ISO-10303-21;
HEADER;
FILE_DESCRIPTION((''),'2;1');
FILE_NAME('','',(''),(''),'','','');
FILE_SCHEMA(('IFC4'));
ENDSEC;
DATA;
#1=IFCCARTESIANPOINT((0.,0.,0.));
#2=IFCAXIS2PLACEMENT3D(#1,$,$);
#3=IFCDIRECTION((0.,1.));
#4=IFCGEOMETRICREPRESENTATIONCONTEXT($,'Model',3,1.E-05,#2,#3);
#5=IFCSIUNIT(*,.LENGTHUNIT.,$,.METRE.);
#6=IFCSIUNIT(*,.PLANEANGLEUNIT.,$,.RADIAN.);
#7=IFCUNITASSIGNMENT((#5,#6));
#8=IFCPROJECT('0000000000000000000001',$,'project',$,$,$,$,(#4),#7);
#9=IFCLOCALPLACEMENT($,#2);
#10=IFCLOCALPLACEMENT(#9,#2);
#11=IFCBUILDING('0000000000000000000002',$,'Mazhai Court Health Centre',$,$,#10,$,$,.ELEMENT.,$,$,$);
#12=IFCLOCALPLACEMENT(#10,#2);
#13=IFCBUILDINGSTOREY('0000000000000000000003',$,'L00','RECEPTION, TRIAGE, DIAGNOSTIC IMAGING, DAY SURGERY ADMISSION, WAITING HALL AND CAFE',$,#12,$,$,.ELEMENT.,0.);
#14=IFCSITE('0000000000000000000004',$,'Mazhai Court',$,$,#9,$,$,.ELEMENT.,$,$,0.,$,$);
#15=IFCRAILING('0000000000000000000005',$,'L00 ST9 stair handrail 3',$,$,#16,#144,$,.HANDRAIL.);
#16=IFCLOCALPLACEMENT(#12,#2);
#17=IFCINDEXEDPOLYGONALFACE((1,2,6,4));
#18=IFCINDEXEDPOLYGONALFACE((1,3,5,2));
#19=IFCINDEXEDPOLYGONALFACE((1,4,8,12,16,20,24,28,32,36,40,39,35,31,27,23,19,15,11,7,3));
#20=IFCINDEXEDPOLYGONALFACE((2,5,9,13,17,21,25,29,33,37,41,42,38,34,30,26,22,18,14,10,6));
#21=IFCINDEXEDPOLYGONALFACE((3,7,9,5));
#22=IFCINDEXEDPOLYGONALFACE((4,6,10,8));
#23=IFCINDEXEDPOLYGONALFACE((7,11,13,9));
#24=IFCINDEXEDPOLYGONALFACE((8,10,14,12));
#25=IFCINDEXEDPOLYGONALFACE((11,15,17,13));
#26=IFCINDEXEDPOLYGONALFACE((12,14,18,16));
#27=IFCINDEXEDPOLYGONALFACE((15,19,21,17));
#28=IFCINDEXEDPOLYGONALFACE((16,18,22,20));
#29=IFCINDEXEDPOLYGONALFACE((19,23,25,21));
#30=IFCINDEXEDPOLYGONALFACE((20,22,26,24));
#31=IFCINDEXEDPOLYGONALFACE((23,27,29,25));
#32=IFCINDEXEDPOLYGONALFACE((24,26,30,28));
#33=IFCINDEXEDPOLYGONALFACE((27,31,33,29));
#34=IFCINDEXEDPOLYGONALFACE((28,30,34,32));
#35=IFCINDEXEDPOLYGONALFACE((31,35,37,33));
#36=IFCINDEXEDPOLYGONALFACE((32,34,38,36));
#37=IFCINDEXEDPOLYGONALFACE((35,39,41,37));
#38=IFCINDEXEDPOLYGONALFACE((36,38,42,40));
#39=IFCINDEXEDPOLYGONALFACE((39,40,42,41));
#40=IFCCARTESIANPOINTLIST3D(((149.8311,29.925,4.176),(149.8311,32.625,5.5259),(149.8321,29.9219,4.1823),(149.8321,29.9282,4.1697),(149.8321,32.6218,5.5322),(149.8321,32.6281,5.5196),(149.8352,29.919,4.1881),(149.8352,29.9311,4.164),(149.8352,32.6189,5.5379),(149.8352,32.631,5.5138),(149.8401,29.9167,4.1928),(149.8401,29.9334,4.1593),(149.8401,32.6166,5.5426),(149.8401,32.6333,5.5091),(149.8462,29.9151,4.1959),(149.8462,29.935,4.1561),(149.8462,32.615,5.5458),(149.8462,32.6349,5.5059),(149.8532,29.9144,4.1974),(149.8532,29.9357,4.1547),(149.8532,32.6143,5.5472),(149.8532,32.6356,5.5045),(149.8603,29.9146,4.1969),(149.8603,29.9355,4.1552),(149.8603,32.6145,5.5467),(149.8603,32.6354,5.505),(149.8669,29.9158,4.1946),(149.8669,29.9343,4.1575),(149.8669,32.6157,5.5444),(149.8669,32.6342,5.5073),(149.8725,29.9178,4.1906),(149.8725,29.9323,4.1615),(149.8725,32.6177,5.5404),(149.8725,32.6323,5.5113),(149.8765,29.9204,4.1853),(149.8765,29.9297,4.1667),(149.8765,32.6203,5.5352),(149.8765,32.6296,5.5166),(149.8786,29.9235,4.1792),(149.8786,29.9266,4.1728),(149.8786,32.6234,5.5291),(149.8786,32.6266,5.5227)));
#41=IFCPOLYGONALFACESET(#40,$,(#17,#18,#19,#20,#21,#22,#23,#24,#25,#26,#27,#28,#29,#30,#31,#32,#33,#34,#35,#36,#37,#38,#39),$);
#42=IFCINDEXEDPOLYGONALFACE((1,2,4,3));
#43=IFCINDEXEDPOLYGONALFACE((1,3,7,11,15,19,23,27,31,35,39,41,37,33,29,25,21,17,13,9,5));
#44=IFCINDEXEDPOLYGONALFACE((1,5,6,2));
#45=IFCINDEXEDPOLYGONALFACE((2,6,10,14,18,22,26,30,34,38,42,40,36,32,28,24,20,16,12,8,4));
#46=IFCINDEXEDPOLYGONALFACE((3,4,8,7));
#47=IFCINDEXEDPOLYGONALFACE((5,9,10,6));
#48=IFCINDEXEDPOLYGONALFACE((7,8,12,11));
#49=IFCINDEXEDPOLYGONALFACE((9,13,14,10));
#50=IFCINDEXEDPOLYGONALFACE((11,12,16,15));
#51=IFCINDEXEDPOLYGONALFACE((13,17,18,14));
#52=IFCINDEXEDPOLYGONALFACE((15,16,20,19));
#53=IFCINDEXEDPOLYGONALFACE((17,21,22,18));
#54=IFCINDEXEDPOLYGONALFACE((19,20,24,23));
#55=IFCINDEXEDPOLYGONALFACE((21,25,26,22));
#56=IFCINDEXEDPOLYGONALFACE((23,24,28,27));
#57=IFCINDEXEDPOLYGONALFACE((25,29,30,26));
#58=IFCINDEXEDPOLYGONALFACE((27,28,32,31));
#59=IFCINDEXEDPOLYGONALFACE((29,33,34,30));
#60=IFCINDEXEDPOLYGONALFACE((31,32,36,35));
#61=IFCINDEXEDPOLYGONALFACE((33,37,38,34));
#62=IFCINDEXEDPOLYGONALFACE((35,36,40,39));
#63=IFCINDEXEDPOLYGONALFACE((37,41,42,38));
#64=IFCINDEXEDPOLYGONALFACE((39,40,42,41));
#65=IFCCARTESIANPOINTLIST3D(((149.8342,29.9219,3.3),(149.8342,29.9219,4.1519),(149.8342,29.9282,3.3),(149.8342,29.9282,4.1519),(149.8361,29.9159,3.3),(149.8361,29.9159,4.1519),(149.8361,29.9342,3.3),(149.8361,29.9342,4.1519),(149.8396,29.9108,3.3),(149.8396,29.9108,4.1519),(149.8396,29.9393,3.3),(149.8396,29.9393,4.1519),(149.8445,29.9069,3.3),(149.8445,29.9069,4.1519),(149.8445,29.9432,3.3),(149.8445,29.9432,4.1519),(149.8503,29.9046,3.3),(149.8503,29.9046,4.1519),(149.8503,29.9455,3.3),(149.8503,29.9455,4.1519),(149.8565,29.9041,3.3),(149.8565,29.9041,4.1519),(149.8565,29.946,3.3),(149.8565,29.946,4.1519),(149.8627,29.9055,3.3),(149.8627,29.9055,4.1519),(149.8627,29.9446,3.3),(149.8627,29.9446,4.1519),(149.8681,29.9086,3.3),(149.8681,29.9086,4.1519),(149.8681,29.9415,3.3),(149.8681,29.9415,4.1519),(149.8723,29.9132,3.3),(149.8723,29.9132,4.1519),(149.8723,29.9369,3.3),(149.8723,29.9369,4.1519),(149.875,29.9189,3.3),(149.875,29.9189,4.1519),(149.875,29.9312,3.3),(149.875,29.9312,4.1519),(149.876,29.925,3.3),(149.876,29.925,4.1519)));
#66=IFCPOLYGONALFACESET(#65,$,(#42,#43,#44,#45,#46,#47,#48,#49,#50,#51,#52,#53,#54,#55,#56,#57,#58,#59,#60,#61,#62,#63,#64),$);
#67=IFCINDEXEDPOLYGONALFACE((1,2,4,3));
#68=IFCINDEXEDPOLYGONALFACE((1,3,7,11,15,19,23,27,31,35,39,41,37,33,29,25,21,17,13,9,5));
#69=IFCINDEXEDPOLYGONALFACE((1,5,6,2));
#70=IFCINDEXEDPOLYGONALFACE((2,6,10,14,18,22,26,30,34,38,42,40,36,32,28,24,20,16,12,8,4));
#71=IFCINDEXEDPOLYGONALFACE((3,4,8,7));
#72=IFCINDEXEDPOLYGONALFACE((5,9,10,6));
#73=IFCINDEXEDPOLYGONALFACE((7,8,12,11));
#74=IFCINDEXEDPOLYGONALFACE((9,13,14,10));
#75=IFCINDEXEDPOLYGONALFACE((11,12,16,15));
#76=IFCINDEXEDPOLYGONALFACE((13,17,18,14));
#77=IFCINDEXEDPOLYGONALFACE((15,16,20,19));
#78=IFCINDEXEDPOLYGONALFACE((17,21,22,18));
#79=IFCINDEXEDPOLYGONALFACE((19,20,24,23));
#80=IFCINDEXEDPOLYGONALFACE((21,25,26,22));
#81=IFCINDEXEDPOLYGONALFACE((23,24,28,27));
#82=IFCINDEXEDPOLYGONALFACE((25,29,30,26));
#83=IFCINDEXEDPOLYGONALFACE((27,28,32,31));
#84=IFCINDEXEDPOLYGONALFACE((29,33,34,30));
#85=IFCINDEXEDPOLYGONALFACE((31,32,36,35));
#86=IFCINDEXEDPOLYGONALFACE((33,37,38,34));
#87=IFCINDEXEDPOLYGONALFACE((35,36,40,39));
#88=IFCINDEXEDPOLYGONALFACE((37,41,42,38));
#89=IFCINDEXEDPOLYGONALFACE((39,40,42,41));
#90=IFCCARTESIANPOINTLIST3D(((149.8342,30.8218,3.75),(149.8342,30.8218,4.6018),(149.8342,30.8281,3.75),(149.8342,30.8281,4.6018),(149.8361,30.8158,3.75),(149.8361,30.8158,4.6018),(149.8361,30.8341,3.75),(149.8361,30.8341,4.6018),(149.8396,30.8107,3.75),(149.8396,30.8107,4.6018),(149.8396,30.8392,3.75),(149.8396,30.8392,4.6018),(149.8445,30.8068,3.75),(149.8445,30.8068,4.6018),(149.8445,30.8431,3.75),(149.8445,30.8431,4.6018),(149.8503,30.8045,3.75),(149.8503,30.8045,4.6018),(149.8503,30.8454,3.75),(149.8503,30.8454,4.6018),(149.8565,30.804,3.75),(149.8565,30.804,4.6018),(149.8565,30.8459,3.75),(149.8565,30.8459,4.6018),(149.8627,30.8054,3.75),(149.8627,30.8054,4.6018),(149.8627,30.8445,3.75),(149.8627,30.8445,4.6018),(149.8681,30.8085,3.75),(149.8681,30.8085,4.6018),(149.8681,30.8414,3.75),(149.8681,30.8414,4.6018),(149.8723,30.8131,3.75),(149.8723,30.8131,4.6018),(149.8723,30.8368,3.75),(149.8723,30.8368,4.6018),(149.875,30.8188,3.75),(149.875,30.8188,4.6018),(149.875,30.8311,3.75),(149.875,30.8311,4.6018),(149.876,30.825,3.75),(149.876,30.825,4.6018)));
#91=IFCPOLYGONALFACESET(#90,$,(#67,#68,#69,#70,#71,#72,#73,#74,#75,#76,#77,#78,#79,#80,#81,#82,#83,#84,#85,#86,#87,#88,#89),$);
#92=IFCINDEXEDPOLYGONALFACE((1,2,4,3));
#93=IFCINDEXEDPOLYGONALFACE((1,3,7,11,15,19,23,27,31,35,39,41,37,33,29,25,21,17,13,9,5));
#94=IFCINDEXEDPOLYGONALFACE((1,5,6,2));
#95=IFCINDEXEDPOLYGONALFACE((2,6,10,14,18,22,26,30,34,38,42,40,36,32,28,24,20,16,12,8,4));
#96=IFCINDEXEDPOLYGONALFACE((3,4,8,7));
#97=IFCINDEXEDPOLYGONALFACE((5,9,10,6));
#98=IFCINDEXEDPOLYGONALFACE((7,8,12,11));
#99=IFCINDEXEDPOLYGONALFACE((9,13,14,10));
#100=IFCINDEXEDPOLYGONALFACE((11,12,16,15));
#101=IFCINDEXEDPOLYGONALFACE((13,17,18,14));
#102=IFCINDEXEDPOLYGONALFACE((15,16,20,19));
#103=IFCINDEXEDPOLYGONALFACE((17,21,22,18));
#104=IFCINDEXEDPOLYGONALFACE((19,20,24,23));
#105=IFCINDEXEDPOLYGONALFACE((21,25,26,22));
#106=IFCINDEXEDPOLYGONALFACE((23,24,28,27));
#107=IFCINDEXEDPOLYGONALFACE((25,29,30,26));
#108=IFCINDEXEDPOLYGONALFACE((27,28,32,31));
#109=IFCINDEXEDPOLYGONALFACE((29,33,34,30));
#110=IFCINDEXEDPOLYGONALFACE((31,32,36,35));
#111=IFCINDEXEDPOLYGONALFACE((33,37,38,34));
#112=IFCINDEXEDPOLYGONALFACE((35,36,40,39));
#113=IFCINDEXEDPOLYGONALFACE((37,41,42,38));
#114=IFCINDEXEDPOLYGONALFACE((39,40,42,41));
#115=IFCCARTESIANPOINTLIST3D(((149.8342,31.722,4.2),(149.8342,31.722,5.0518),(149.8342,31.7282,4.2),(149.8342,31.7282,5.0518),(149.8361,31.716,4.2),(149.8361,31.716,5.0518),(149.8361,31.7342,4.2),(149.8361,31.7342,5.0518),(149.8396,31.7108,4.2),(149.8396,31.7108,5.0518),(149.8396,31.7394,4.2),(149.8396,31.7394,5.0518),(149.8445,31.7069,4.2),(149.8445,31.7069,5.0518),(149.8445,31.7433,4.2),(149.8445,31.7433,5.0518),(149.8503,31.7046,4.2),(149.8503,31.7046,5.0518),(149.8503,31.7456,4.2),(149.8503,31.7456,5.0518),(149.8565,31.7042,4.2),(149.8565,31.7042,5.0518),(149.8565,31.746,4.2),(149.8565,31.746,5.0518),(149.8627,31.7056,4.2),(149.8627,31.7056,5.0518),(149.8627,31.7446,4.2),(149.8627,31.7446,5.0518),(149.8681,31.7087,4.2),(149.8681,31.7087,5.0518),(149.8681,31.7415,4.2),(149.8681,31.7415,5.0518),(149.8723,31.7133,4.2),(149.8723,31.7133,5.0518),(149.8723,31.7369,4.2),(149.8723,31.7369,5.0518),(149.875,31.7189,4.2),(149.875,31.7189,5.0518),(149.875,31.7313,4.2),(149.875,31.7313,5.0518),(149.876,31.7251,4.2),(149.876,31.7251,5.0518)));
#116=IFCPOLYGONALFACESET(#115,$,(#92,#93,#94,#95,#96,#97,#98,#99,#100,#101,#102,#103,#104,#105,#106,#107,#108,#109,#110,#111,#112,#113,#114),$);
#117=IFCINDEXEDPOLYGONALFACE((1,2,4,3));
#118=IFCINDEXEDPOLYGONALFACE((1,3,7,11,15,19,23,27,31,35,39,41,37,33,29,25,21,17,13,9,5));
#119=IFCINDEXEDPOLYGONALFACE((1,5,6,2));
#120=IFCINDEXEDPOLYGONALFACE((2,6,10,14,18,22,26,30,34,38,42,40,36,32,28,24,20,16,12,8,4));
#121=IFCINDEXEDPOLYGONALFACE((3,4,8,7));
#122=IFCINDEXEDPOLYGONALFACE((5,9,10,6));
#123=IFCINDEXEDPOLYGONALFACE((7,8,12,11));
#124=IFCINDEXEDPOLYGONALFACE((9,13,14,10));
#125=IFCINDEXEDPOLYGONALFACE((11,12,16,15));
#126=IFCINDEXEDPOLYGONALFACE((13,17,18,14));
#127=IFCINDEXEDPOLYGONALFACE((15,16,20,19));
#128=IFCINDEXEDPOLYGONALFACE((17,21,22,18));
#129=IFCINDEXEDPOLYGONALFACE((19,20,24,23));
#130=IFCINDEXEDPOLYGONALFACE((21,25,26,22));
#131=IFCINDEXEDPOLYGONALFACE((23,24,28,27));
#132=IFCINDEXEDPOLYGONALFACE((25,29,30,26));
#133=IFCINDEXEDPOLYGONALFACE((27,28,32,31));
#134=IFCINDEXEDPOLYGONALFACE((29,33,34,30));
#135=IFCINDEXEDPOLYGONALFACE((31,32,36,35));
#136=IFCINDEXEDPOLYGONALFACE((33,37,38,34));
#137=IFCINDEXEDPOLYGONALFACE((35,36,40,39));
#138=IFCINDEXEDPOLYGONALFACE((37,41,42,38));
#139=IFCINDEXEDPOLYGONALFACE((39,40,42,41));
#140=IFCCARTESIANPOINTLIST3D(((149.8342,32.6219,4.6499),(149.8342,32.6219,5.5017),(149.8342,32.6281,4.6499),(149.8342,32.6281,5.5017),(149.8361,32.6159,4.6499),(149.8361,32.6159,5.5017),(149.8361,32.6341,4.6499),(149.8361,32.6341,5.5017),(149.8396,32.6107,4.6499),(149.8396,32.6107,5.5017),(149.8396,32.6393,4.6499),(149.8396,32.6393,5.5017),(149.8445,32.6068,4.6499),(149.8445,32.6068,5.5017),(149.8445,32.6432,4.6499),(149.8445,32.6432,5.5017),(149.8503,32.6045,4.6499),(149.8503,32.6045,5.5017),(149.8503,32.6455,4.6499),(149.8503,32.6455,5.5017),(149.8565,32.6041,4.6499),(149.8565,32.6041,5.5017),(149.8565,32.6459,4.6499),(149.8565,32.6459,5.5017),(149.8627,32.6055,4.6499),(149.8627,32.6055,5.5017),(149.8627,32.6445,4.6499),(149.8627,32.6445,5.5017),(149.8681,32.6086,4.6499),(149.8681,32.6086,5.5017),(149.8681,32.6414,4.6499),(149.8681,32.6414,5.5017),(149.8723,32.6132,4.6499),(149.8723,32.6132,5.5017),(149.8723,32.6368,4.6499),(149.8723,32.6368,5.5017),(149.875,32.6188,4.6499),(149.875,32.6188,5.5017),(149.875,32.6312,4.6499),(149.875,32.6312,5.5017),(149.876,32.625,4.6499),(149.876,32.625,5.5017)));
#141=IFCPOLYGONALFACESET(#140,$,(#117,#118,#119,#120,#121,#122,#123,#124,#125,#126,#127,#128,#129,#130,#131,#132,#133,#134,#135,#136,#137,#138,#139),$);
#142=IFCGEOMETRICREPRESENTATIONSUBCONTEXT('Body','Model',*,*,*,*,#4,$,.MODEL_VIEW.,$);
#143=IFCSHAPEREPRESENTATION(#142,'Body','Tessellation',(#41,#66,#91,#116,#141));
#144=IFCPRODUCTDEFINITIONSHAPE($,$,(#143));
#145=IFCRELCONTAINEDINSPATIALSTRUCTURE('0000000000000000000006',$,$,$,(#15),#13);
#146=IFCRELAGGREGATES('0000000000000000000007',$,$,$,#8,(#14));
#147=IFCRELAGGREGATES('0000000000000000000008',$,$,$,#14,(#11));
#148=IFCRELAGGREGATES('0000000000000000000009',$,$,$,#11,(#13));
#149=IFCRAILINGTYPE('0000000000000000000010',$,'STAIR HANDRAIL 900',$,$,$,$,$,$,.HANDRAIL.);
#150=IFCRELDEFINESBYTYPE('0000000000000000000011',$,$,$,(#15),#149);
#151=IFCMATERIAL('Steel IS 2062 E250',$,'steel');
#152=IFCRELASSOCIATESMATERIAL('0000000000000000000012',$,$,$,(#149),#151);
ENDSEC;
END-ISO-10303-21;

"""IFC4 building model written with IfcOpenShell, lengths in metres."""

from ifc_helpers import new_model, si_unit, direction, frame, origin, origin_2d, place, context, subcontext, project, spatial, circle, extrude, material, type_object, element, save


model = new_model("IFC4")

# Units and contexts
model_context = context("Model", 3, precision=1e-05, world=origin(), true_north=direction((0.0, 1.0)))
body_context = subcontext(model_context, "Body", "Model", "MODEL_VIEW")
ifc_project = project(units=[si_unit("LENGTHUNIT", "METRE"), si_unit("PLANEANGLEUNIT", "RADIAN")], contexts=[model_context])

# Site, building, storey
site_placement = place(None, origin())
site = spatial("IfcSite", under=ifc_project, at=site_placement, Name="Mazhai Court", CompositionType="ELEMENT", RefElevation=0.0)
building_placement = place(site_placement, origin())
building = spatial("IfcBuilding", under=site, at=building_placement, Name="Mazhai Court Health Centre", CompositionType="ELEMENT")
storey_placement = place(building_placement, origin())
storey = spatial("IfcBuildingStorey", under=building, at=storey_placement, Name="L00", Description="RECEPTION, TRIAGE, DIAGNOSTIC IMAGING, DAY SURGERY ADMISSION, WAITING HALL AND CAFE", CompositionType="ELEMENT", Elevation=0.0)

# Railing
ifc_material_1 = material(Name="Steel IS 2062 E250", Category="steel")
railing_type_1 = type_object("IfcRailingType", Name="STAIR HANDRAIL 900", PredefinedType="HANDRAIL", material=ifc_material_1)
railing_1_placement = place(storey_placement, frame((149.855, 29.925, 3.3)))
element("IfcRailing", 1, at=railing_1_placement, inside=storey, type_object=railing_type_1, Name="L00 ST9 stair handrail 3", PredefinedType="HANDRAIL", context=body_context, shape_type="SweptSolid", body=[
    extrude(circle(Radius=0.0239, at=origin_2d()), frame((0.0, 0.0, 0.876), z_axis=(0.0, 0.894443, 0.447181), x_axis=(-1.0, 0.0, 0.0)), (0.0, 0.0, 1.0), 3.0186),
    extrude(circle(Radius=0.021, at=origin_2d()), origin(), (0.0, 0.0, 1.0), 0.8518),
    extrude(circle(Radius=0.021, at=origin_2d()), frame((0.0, 0.8999, 0.45)), (0.0, 0.0, 1.0), 0.8518),
    extrude(circle(Radius=0.021, at=origin_2d()), frame((0.0, 1.8, 0.8999)), (0.0, 0.0, 1.0), 0.8518),
    extrude(circle(Radius=0.021, at=origin_2d()), frame((0.0, 2.7, 1.3499)), (0.0, 0.0, 1.0), 0.8518),
])

save(model, "model.ifc")
